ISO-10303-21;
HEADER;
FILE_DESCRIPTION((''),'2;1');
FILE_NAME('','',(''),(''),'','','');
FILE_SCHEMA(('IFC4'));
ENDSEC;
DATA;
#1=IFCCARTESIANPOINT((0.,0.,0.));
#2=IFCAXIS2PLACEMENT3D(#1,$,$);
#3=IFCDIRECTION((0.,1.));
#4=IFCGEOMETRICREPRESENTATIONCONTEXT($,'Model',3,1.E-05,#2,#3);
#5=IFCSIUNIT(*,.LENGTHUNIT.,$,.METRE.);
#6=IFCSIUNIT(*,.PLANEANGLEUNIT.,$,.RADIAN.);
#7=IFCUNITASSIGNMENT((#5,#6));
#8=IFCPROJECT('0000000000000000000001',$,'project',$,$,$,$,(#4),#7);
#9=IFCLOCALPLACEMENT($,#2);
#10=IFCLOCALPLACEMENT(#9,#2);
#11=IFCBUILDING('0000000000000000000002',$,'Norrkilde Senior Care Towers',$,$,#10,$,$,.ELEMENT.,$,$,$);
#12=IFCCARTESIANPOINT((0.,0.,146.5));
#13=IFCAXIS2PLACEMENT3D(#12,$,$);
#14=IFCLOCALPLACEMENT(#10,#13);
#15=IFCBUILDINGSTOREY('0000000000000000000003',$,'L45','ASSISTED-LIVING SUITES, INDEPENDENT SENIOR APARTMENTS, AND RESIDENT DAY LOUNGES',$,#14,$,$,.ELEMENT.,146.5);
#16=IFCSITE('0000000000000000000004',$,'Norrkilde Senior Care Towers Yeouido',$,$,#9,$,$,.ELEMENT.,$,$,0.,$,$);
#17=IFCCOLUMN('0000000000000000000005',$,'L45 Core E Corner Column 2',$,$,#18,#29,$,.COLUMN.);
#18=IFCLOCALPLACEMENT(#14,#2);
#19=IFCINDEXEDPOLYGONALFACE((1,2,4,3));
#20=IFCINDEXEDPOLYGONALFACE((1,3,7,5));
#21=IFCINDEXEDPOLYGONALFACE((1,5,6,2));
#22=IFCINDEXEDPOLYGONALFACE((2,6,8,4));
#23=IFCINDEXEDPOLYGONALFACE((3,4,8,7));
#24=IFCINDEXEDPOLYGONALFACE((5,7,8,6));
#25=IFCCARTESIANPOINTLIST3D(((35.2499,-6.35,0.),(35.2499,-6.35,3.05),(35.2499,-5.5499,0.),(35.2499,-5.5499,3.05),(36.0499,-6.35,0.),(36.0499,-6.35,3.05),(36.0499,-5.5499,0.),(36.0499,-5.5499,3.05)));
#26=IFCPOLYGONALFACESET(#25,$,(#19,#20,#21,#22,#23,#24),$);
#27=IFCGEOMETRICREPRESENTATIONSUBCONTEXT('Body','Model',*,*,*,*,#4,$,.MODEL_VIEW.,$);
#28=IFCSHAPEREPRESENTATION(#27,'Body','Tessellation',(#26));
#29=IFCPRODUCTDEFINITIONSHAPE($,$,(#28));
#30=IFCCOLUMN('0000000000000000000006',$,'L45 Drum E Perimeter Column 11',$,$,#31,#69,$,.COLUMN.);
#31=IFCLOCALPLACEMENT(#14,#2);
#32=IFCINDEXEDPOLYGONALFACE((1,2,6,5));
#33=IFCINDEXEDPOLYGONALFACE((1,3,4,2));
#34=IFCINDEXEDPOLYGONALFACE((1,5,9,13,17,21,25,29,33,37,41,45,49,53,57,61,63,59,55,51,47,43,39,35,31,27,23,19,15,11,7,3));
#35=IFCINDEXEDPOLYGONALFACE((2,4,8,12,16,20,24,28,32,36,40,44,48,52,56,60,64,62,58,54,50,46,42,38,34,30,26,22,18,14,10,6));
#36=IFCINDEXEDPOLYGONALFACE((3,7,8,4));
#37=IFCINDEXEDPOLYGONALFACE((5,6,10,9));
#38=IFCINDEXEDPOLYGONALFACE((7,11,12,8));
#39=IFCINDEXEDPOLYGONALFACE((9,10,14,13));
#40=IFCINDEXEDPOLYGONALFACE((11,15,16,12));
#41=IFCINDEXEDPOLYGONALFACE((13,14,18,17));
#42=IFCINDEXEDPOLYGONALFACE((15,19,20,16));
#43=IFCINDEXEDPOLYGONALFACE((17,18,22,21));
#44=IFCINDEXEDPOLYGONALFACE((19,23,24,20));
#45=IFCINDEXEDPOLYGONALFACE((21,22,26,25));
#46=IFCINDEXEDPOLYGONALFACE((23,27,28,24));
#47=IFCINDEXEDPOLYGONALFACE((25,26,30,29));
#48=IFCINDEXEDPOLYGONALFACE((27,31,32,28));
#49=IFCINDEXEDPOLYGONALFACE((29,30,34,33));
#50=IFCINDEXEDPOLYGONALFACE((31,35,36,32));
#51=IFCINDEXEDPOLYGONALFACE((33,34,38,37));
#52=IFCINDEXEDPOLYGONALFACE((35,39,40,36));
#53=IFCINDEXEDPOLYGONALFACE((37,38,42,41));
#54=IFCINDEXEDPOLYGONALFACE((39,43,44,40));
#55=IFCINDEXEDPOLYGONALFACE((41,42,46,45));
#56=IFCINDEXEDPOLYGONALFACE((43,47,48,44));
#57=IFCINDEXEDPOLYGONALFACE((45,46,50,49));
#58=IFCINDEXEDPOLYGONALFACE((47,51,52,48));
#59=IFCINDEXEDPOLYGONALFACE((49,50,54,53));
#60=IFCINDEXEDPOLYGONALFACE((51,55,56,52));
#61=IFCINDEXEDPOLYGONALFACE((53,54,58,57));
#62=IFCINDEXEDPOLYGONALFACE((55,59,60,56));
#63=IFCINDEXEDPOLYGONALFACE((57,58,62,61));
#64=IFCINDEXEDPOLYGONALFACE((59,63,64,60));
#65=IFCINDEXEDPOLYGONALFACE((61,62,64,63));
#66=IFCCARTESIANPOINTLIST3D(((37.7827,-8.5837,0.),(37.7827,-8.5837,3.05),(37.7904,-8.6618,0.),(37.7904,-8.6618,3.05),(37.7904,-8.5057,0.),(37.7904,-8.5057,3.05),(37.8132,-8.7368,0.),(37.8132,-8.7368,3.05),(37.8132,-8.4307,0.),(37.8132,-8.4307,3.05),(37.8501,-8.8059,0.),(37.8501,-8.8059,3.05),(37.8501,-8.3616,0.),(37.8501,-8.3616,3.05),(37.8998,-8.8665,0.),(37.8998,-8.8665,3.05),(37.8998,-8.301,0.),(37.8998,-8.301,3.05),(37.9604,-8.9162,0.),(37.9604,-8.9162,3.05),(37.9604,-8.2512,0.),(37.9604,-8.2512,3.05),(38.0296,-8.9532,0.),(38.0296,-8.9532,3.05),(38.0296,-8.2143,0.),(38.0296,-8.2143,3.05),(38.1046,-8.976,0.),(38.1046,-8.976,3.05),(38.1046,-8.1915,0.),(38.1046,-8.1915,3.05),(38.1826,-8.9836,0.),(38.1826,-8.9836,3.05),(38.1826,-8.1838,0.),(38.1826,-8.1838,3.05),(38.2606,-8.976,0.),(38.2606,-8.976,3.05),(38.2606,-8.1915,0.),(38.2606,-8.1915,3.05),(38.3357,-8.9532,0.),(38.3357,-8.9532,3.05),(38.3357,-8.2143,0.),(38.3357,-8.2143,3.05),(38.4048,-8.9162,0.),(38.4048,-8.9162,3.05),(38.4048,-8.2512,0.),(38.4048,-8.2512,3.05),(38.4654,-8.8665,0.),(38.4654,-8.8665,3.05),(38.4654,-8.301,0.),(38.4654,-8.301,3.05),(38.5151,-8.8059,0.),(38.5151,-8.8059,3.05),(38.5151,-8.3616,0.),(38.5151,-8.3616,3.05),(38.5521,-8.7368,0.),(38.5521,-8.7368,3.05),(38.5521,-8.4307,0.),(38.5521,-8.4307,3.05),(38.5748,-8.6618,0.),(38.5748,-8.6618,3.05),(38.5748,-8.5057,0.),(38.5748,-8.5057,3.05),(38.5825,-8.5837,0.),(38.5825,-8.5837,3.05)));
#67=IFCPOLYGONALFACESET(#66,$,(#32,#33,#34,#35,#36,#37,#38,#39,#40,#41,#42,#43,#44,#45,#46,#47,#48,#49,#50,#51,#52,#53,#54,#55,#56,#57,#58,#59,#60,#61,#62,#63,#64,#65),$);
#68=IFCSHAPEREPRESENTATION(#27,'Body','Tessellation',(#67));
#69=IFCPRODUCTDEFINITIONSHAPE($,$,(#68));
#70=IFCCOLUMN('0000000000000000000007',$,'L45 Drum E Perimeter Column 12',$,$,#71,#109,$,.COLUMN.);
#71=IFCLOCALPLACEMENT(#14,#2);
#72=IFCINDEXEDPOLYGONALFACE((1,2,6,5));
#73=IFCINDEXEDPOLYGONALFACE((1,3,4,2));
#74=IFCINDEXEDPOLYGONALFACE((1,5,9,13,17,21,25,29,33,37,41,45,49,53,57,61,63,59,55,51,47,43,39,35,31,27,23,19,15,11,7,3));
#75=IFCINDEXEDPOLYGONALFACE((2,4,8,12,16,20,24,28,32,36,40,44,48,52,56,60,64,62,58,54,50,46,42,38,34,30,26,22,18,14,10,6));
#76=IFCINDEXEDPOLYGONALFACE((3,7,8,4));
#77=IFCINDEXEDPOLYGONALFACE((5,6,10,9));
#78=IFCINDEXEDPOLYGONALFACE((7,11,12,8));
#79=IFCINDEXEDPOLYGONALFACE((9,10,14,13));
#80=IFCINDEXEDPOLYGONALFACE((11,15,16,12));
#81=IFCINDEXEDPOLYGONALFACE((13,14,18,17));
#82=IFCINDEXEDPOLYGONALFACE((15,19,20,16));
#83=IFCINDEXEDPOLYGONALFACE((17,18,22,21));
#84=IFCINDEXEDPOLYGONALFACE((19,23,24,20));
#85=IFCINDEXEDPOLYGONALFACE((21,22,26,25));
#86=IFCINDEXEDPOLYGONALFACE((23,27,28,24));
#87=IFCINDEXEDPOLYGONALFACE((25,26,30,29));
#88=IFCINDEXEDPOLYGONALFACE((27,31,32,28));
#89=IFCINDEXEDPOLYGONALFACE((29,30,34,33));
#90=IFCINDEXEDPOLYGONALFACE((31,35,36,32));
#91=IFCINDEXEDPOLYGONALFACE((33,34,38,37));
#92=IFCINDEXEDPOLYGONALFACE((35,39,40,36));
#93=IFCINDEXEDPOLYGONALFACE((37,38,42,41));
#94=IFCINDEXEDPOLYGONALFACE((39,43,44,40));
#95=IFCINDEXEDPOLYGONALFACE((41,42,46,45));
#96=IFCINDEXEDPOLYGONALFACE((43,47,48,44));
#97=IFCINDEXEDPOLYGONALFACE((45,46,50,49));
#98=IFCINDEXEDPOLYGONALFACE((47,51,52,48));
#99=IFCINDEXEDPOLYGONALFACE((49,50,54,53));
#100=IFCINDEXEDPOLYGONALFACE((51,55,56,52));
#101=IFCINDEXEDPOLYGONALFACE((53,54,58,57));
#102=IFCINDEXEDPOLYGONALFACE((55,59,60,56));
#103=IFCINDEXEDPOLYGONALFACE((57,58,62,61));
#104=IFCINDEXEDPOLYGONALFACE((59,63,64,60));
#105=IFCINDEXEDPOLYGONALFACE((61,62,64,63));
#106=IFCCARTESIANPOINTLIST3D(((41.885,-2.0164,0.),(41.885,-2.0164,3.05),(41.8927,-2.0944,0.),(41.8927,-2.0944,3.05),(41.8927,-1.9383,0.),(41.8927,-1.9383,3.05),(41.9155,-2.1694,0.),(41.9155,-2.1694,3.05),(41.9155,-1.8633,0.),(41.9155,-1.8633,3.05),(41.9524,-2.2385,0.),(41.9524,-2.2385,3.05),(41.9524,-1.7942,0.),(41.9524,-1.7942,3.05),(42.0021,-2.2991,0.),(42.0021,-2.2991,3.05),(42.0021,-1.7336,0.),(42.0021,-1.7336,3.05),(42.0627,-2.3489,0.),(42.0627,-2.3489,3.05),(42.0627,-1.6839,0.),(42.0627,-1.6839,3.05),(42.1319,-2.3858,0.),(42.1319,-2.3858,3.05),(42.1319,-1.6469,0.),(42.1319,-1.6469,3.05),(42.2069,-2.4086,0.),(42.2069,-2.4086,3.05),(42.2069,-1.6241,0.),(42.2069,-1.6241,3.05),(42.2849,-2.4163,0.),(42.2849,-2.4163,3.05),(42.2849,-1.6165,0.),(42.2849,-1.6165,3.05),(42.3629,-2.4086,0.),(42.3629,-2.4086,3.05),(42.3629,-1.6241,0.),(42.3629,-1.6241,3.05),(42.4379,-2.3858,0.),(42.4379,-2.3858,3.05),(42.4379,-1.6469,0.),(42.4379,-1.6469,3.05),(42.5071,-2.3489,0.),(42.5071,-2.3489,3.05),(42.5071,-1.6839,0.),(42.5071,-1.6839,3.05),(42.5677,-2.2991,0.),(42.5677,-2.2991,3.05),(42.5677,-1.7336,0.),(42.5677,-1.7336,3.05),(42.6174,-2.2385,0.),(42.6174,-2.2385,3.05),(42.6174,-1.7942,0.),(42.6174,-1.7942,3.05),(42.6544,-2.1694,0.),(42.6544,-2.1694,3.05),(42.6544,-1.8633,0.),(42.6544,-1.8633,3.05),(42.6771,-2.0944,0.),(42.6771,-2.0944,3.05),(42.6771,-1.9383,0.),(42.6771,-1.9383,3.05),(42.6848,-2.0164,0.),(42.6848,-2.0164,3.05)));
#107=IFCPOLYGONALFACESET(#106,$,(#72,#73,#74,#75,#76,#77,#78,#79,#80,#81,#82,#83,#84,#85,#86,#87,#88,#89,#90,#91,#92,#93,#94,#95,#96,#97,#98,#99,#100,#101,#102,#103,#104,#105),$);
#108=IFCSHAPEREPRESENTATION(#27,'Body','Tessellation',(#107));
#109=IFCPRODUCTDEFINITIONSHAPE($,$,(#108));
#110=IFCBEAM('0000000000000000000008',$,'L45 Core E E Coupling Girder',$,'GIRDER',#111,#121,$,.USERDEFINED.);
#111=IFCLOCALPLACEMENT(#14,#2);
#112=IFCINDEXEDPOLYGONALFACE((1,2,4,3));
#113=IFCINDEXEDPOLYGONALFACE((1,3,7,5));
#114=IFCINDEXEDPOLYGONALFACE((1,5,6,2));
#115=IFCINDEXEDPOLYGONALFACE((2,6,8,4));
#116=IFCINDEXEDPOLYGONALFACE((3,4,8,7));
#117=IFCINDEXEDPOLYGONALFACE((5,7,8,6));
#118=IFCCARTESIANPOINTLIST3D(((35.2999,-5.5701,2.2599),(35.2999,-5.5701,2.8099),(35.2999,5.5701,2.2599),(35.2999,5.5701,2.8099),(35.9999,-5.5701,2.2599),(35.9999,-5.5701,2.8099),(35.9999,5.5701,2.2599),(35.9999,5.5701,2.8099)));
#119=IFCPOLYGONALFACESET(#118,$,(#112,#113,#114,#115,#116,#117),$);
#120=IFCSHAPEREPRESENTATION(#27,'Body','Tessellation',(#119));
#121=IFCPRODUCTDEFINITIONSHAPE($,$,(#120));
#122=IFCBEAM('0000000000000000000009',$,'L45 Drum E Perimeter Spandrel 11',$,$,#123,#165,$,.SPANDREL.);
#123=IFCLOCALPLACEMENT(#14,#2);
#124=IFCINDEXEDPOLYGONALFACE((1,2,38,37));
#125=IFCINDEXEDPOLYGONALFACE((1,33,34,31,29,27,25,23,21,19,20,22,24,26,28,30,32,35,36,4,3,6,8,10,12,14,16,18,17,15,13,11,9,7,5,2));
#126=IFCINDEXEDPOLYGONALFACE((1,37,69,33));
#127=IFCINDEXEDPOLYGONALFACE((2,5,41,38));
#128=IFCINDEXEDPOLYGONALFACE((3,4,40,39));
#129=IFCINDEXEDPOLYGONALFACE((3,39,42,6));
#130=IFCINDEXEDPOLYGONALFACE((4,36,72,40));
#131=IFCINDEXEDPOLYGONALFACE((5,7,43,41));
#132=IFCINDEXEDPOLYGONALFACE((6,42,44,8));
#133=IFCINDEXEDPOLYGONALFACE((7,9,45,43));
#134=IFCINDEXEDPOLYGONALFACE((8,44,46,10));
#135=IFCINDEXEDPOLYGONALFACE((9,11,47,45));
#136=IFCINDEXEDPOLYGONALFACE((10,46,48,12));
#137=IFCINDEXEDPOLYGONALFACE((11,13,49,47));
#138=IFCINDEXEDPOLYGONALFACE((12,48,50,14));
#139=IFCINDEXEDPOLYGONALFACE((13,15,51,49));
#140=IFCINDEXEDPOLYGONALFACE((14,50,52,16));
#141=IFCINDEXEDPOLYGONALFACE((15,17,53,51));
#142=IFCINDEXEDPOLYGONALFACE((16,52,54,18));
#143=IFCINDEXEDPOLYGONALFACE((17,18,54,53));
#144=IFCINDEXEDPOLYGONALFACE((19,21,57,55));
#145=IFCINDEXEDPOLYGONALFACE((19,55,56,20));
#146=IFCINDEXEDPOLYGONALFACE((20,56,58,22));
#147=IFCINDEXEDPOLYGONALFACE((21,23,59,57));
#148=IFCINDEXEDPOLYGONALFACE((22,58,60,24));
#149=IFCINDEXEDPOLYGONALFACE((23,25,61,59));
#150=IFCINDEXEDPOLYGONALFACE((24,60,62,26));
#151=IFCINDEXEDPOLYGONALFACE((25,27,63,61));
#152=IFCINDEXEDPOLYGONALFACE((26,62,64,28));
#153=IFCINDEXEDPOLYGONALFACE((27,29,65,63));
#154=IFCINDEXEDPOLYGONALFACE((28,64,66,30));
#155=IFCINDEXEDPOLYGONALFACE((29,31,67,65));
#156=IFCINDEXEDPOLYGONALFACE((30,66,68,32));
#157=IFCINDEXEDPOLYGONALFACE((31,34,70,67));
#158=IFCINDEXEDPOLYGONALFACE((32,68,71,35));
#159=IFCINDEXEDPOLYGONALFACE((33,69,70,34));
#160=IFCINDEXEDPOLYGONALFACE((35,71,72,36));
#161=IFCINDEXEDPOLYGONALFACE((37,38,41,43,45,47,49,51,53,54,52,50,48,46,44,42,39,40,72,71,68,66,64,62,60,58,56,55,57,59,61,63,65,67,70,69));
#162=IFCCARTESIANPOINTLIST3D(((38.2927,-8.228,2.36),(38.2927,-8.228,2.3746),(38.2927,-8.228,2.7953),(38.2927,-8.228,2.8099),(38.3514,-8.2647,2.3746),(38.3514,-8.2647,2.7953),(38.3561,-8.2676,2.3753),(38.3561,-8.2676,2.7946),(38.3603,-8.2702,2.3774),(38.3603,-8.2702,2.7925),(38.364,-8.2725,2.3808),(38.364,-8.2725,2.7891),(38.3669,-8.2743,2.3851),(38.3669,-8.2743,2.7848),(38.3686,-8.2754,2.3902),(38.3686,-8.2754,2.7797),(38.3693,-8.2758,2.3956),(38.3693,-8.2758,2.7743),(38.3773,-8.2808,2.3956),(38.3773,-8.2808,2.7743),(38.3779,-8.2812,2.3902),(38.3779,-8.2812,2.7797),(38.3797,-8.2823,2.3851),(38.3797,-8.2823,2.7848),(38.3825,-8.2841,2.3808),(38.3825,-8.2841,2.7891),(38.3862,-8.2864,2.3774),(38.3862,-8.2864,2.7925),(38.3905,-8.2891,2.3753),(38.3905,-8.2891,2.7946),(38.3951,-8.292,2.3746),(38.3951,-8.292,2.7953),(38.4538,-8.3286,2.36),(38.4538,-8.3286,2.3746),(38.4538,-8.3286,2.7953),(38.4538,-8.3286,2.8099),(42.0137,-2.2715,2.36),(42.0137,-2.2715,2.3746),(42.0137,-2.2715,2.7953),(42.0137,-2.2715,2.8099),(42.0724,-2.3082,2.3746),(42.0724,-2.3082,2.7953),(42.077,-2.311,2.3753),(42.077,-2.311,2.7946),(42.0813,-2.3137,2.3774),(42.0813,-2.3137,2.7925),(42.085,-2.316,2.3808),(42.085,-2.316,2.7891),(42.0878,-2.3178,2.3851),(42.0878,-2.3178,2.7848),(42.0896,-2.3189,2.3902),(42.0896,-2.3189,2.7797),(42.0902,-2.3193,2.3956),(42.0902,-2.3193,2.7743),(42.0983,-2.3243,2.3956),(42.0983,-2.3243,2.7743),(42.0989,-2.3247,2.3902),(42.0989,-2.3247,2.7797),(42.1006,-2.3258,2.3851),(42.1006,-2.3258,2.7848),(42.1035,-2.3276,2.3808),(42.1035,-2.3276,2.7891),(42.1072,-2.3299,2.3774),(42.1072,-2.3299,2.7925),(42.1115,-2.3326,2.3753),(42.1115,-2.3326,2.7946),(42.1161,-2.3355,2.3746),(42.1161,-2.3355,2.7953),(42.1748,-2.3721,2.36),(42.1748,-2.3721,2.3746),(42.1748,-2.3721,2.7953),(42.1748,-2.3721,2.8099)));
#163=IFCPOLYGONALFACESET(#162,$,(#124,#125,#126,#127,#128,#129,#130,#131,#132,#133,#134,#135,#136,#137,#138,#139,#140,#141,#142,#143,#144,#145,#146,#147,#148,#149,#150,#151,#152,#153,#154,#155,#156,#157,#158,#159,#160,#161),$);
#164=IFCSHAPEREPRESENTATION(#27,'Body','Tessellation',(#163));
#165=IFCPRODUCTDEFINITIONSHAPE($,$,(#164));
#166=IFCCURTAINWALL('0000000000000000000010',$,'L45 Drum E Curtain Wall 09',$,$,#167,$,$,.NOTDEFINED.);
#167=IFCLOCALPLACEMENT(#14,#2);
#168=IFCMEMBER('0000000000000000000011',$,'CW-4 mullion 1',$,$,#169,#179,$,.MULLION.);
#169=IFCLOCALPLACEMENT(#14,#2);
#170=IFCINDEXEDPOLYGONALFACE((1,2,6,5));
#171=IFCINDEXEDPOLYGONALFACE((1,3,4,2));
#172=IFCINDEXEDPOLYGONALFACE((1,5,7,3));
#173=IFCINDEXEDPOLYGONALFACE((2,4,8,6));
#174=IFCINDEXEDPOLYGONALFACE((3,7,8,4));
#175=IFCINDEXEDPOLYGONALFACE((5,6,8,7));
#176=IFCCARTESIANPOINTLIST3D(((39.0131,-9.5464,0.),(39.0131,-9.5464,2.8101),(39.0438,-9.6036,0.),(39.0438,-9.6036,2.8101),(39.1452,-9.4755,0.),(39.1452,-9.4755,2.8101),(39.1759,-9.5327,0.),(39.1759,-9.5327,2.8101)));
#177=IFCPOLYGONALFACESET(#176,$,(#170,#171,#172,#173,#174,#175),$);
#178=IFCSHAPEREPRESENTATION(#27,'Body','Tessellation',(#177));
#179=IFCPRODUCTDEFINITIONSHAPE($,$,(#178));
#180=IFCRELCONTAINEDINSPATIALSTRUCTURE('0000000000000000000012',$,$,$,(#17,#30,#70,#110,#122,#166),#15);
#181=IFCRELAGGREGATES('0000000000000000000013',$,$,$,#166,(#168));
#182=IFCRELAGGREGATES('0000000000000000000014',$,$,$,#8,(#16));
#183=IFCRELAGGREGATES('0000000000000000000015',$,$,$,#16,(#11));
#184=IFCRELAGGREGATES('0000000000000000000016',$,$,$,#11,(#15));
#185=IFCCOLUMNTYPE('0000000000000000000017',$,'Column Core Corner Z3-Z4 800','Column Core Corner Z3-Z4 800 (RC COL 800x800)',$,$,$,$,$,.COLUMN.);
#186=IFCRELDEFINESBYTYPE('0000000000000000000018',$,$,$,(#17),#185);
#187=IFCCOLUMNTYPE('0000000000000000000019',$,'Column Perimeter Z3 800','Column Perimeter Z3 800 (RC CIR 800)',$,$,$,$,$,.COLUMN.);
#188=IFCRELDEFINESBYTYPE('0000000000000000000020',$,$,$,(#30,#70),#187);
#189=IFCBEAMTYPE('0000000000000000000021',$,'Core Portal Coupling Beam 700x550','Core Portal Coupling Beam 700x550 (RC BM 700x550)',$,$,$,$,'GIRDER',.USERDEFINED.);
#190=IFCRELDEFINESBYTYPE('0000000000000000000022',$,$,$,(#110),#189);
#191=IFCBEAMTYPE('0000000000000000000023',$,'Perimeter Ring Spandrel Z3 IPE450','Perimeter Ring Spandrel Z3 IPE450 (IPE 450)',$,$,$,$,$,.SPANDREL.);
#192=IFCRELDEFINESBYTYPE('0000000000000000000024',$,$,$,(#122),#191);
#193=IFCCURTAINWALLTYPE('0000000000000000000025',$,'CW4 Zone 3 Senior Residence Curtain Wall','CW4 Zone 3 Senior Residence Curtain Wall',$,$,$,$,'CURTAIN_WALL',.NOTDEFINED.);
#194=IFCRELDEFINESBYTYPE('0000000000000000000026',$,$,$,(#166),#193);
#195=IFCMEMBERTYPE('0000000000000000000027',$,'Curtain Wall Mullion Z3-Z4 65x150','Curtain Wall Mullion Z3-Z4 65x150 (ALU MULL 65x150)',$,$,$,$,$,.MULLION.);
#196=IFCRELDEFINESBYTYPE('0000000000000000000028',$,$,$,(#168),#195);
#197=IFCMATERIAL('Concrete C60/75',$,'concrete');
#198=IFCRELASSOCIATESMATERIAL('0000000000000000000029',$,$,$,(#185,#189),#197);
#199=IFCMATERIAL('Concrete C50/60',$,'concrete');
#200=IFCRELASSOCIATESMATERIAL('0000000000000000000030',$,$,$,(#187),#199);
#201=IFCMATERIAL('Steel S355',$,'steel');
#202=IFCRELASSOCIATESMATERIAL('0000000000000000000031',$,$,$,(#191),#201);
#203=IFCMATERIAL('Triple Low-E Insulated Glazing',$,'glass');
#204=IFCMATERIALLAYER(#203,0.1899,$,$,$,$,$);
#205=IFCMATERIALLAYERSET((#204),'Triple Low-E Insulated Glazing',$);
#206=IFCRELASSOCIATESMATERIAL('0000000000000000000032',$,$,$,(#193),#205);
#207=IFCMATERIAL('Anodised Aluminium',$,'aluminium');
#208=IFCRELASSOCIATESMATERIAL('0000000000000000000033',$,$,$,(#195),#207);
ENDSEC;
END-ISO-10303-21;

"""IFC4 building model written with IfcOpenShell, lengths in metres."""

from ifc_helpers import new_model, si_unit, direction, frame, origin, origin_2d, place, context, subcontext, project, spatial, rectangle, circle, i_section, extrude, source, transform, mapped, material, layer, layer_set, material_profile, profile_set, type_object, type_shapes, element, aggregate, save


model = new_model("IFC4")

# Units and contexts
model_context = context("Model", 3, precision=1e-05, world=origin(), true_north=direction((0.0, 1.0)))
body_context = subcontext(model_context, "Body", "Model", "MODEL_VIEW")
ifc_project = project(units=[si_unit("LENGTHUNIT", "METRE"), si_unit("PLANEANGLEUNIT", "RADIAN")], contexts=[model_context])

# Site, building, storey
site_placement = place(None, origin())
site = spatial("IfcSite", under=ifc_project, at=site_placement, Name="Norrkilde Senior Care Towers Yeouido", CompositionType="ELEMENT", RefElevation=0.0)
building_placement = place(site_placement, origin())
building = spatial("IfcBuilding", under=site, at=building_placement, Name="Norrkilde Senior Care Towers", CompositionType="ELEMENT")
storey_placement = place(building_placement, frame((0.0, 0.0, 146.5)))
storey = spatial("IfcBuildingStorey", under=building, at=storey_placement, Name="L45", Description="ASSISTED-LIVING SUITES, INDEPENDENT SENIOR APARTMENTS, AND RESIDENT DAY LOUNGES", CompositionType="ELEMENT", Elevation=146.5)

# Columns
ifc_material_1 = material(Name="Concrete C60/75", Category="concrete")
ifc_material_profile_1 = material_profile(ifc_material_1, rectangle(XDim=0.8, YDim=0.8, at=origin_2d()), Name="RC COL 800x800")
ifc_profile_set_1 = profile_set([ifc_material_profile_1], Name="Concrete C60/75")
column_type_1 = type_object("IfcColumnType", Name="Column Core Corner Z3-Z4 800", Description="Column Core Corner Z3-Z4 800 (RC COL 800x800)", PredefinedType="COLUMN", material=ifc_profile_set_1)
shared_shape_1 = source(origin(), body_context, "Body", "SweptSolid", [
    extrude(rectangle(XDim=0.8, YDim=0.8, at=origin_2d()), origin(), (0.0, 0.0, 1.0), 3.05),
])
type_shapes(column_type_1, [shared_shape_1])
column_placement = place(storey_placement, frame((35.6499, -5.95, 0.0), z_axis=(0.0, 0.0, 1.0), x_axis=(1.0, 0.0, 0.0)))
element("IfcColumn", 1, at=column_placement, inside=storey, type_object=column_type_1, Name="L45 Core E Corner Column 2", PredefinedType="COLUMN", context=body_context, shape_type="MappedRepresentation", body=[
    mapped(shared_shape_1, transform((0.0, 0.0, 0.0), x_axis=(1.0, 0.0, 0.0), y_axis=(0.0, 1.0, 0.0), z_axis=(0.0, 0.0, 1.0), scale=1.0)),
])
ifc_material_2 = material(Name="Concrete C50/60", Category="concrete")
ifc_material_profile_2 = material_profile(ifc_material_2, circle(Radius=0.3999, at=origin_2d()), Name="RC CIR 800")
ifc_profile_set_2 = profile_set([ifc_material_profile_2], Name="Concrete C50/60")
column_type_2 = type_object("IfcColumnType", Name="Column Perimeter Z3 800", Description="Column Perimeter Z3 800 (RC CIR 800)", PredefinedType="COLUMN", material=ifc_profile_set_2)
shared_shape_2 = source(origin(), body_context, "Body", "SweptSolid", [
    extrude(circle(Radius=0.3999, at=origin_2d()), origin(), (0.0, 0.0, 1.0), 3.05),
])
type_shapes(column_type_2, [shared_shape_2])
for number, where, z_axis, x_axis, name in (
    (2, (38.1826, -8.5837, 0.0), (0.0, 0.0, 1.0), (1.0, 0.0, 0.0), "L45 Drum E Perimeter Column 11"),
    (3, (42.2849, -2.0164, 0.0), (0.0, 0.0, 1.0), (1.0, 0.0, 0.0), "L45 Drum E Perimeter Column 12"),
):
    element("IfcColumn", number, at=place(storey_placement, frame(where, z_axis=z_axis, x_axis=x_axis)), inside=storey, type_object=column_type_2, Name=name, PredefinedType="COLUMN", context=body_context, shape_type="MappedRepresentation", body=[
        mapped(shared_shape_2, transform((0.0, 0.0, 0.0), x_axis=(1.0, 0.0, 0.0), y_axis=(0.0, 1.0, 0.0), z_axis=(0.0, 0.0, 1.0), scale=1.0)),
    ])

# Beams
ifc_material_profile_3 = material_profile(ifc_material_1, rectangle(XDim=0.7, YDim=0.55, at=origin_2d()), Name="RC BM 700x550")
ifc_profile_set_3 = profile_set([ifc_material_profile_3], Name="Concrete C60/75")
beam_type_1 = type_object("IfcBeamType", Name="Core Portal Coupling Beam 700x550", Description="Core Portal Coupling Beam 700x550 (RC BM 700x550)", ElementType="GIRDER", PredefinedType="USERDEFINED", material=ifc_profile_set_3)
shared_shape_3 = source(origin(), body_context, "Body", "SweptSolid", [
    extrude(rectangle(XDim=0.7, YDim=0.55, at=origin_2d()), origin(), (0.0, 0.0, 1.0), 11.1401),
])
type_shapes(beam_type_1, [shared_shape_3])
beam_1_placement = place(storey_placement, frame((35.6499, -5.5701, 2.5349), z_axis=(0.0, 1.0, 0.0), x_axis=(-1.0, 0.0, 0.0)))
element("IfcBeam", 4, at=beam_1_placement, inside=storey, type_object=beam_type_1, Name="L45 Core E E Coupling Girder", ObjectType="GIRDER", PredefinedType="USERDEFINED", context=body_context, shape_type="MappedRepresentation", body=[
    mapped(shared_shape_3, transform((0.0, 0.0, 0.0), x_axis=(1.0, 0.0, 0.0), y_axis=(0.0, 1.0, 0.0), z_axis=(0.0, 0.0, 1.0), scale=1.0)),
])
ifc_material_3 = material(Name="Steel S355", Category="steel")
ifc_material_profile_4 = material_profile(ifc_material_3, i_section(OverallWidth=0.1899, OverallDepth=0.45, WebThickness=0.0095, FlangeThickness=0.0146, FilletRadius=0.021, at=origin_2d()), Name="IPE 450")
ifc_profile_set_4 = profile_set([ifc_material_profile_4], Name="Steel S355")
beam_type_2 = type_object("IfcBeamType", Name="Perimeter Ring Spandrel Z3 IPE450", Description="Perimeter Ring Spandrel Z3 IPE450 (IPE 450)", PredefinedType="SPANDREL", material=ifc_profile_set_4)
shared_shape_4 = source(origin(), body_context, "Body", "SweptSolid", [
    extrude(i_section(OverallWidth=0.1899, OverallDepth=0.45, WebThickness=0.0095, FlangeThickness=0.0146, FilletRadius=0.021, at=origin_2d()), origin(), (0.0, 0.0, 1.0), 7.0232),
])
type_shapes(beam_type_2, [shared_shape_4])
beam_2_placement = place(storey_placement, frame((38.3733, -8.2783, 2.585), z_axis=(0.529805, 0.848119, 0.0), x_axis=(-0.848119, 0.529805, 0.0)))
element("IfcBeam", 5, at=beam_2_placement, inside=storey, type_object=beam_type_2, Name="L45 Drum E Perimeter Spandrel 11", PredefinedType="SPANDREL", context=body_context, shape_type="MappedRepresentation", body=[
    mapped(shared_shape_4, transform((0.0, 0.0, 0.0), x_axis=(1.0, 0.0, 0.0), y_axis=(0.0, 1.0, 0.0), z_axis=(0.0, 0.0, 1.0), scale=1.0)),
])

# Curtain wall, member
ifc_material_4 = material(Name="Triple Low-E Insulated Glazing", Category="glass")
ifc_layer_1 = layer(ifc_material_4, 0.1899)
ifc_layer_set_1 = layer_set([ifc_layer_1], Name="Triple Low-E Insulated Glazing")
curtain_wall_type = type_object("IfcCurtainWallType", Name="CW4 Zone 3 Senior Residence Curtain Wall", Description="CW4 Zone 3 Senior Residence Curtain Wall", ElementType="CURTAIN_WALL", PredefinedType="NOTDEFINED", material=ifc_layer_set_1)
curtain_wall_1_placement = place(storey_placement, origin())
curtain_wall_1 = element("IfcCurtainWall", 6, at=curtain_wall_1_placement, inside=storey, type_object=curtain_wall_type, Name="L45 Drum E Curtain Wall 09", PredefinedType="NOTDEFINED")
ifc_material_5 = material(Name="Anodised Aluminium", Category="aluminium")
ifc_material_profile_5 = material_profile(ifc_material_5, rectangle(XDim=0.0649, YDim=0.1499, at=origin_2d()), Name="ALU MULL 65x150")
ifc_profile_set_5 = profile_set([ifc_material_profile_5], Name="Anodised Aluminium")
member_type_1 = type_object("IfcMemberType", Name="Curtain Wall Mullion Z3-Z4 65x150", Description="Curtain Wall Mullion Z3-Z4 65x150 (ALU MULL 65x150)", PredefinedType="MULLION", material=ifc_profile_set_5)
shared_shape_5 = source(origin(), body_context, "Body", "SweptSolid", [
    extrude(rectangle(XDim=0.0649, YDim=0.1499, at=origin_2d()), origin(), (0.0, 0.0, 1.0), 2.8101),
])
type_shapes(member_type_1, [shared_shape_5])
member_1_placement = place(storey_placement, frame((39.0945, -9.5396, 0.0), z_axis=(0.0, 0.0, 1.0), x_axis=(0.473117, -0.881, 0.0)))
member_1 = element("IfcMember", 7, at=member_1_placement, type_object=member_type_1, Name="CW-4 mullion 1", PredefinedType="MULLION", context=body_context, shape_type="MappedRepresentation", body=[
    mapped(shared_shape_5, transform((0.0, 0.0, 0.0), x_axis=(1.0, 0.0, 0.0), y_axis=(0.0, 1.0, 0.0), z_axis=(0.0, 0.0, 1.0), scale=1.0)),
])

aggregate(curtain_wall_1, [member_1])

save(model, "model.ifc")
